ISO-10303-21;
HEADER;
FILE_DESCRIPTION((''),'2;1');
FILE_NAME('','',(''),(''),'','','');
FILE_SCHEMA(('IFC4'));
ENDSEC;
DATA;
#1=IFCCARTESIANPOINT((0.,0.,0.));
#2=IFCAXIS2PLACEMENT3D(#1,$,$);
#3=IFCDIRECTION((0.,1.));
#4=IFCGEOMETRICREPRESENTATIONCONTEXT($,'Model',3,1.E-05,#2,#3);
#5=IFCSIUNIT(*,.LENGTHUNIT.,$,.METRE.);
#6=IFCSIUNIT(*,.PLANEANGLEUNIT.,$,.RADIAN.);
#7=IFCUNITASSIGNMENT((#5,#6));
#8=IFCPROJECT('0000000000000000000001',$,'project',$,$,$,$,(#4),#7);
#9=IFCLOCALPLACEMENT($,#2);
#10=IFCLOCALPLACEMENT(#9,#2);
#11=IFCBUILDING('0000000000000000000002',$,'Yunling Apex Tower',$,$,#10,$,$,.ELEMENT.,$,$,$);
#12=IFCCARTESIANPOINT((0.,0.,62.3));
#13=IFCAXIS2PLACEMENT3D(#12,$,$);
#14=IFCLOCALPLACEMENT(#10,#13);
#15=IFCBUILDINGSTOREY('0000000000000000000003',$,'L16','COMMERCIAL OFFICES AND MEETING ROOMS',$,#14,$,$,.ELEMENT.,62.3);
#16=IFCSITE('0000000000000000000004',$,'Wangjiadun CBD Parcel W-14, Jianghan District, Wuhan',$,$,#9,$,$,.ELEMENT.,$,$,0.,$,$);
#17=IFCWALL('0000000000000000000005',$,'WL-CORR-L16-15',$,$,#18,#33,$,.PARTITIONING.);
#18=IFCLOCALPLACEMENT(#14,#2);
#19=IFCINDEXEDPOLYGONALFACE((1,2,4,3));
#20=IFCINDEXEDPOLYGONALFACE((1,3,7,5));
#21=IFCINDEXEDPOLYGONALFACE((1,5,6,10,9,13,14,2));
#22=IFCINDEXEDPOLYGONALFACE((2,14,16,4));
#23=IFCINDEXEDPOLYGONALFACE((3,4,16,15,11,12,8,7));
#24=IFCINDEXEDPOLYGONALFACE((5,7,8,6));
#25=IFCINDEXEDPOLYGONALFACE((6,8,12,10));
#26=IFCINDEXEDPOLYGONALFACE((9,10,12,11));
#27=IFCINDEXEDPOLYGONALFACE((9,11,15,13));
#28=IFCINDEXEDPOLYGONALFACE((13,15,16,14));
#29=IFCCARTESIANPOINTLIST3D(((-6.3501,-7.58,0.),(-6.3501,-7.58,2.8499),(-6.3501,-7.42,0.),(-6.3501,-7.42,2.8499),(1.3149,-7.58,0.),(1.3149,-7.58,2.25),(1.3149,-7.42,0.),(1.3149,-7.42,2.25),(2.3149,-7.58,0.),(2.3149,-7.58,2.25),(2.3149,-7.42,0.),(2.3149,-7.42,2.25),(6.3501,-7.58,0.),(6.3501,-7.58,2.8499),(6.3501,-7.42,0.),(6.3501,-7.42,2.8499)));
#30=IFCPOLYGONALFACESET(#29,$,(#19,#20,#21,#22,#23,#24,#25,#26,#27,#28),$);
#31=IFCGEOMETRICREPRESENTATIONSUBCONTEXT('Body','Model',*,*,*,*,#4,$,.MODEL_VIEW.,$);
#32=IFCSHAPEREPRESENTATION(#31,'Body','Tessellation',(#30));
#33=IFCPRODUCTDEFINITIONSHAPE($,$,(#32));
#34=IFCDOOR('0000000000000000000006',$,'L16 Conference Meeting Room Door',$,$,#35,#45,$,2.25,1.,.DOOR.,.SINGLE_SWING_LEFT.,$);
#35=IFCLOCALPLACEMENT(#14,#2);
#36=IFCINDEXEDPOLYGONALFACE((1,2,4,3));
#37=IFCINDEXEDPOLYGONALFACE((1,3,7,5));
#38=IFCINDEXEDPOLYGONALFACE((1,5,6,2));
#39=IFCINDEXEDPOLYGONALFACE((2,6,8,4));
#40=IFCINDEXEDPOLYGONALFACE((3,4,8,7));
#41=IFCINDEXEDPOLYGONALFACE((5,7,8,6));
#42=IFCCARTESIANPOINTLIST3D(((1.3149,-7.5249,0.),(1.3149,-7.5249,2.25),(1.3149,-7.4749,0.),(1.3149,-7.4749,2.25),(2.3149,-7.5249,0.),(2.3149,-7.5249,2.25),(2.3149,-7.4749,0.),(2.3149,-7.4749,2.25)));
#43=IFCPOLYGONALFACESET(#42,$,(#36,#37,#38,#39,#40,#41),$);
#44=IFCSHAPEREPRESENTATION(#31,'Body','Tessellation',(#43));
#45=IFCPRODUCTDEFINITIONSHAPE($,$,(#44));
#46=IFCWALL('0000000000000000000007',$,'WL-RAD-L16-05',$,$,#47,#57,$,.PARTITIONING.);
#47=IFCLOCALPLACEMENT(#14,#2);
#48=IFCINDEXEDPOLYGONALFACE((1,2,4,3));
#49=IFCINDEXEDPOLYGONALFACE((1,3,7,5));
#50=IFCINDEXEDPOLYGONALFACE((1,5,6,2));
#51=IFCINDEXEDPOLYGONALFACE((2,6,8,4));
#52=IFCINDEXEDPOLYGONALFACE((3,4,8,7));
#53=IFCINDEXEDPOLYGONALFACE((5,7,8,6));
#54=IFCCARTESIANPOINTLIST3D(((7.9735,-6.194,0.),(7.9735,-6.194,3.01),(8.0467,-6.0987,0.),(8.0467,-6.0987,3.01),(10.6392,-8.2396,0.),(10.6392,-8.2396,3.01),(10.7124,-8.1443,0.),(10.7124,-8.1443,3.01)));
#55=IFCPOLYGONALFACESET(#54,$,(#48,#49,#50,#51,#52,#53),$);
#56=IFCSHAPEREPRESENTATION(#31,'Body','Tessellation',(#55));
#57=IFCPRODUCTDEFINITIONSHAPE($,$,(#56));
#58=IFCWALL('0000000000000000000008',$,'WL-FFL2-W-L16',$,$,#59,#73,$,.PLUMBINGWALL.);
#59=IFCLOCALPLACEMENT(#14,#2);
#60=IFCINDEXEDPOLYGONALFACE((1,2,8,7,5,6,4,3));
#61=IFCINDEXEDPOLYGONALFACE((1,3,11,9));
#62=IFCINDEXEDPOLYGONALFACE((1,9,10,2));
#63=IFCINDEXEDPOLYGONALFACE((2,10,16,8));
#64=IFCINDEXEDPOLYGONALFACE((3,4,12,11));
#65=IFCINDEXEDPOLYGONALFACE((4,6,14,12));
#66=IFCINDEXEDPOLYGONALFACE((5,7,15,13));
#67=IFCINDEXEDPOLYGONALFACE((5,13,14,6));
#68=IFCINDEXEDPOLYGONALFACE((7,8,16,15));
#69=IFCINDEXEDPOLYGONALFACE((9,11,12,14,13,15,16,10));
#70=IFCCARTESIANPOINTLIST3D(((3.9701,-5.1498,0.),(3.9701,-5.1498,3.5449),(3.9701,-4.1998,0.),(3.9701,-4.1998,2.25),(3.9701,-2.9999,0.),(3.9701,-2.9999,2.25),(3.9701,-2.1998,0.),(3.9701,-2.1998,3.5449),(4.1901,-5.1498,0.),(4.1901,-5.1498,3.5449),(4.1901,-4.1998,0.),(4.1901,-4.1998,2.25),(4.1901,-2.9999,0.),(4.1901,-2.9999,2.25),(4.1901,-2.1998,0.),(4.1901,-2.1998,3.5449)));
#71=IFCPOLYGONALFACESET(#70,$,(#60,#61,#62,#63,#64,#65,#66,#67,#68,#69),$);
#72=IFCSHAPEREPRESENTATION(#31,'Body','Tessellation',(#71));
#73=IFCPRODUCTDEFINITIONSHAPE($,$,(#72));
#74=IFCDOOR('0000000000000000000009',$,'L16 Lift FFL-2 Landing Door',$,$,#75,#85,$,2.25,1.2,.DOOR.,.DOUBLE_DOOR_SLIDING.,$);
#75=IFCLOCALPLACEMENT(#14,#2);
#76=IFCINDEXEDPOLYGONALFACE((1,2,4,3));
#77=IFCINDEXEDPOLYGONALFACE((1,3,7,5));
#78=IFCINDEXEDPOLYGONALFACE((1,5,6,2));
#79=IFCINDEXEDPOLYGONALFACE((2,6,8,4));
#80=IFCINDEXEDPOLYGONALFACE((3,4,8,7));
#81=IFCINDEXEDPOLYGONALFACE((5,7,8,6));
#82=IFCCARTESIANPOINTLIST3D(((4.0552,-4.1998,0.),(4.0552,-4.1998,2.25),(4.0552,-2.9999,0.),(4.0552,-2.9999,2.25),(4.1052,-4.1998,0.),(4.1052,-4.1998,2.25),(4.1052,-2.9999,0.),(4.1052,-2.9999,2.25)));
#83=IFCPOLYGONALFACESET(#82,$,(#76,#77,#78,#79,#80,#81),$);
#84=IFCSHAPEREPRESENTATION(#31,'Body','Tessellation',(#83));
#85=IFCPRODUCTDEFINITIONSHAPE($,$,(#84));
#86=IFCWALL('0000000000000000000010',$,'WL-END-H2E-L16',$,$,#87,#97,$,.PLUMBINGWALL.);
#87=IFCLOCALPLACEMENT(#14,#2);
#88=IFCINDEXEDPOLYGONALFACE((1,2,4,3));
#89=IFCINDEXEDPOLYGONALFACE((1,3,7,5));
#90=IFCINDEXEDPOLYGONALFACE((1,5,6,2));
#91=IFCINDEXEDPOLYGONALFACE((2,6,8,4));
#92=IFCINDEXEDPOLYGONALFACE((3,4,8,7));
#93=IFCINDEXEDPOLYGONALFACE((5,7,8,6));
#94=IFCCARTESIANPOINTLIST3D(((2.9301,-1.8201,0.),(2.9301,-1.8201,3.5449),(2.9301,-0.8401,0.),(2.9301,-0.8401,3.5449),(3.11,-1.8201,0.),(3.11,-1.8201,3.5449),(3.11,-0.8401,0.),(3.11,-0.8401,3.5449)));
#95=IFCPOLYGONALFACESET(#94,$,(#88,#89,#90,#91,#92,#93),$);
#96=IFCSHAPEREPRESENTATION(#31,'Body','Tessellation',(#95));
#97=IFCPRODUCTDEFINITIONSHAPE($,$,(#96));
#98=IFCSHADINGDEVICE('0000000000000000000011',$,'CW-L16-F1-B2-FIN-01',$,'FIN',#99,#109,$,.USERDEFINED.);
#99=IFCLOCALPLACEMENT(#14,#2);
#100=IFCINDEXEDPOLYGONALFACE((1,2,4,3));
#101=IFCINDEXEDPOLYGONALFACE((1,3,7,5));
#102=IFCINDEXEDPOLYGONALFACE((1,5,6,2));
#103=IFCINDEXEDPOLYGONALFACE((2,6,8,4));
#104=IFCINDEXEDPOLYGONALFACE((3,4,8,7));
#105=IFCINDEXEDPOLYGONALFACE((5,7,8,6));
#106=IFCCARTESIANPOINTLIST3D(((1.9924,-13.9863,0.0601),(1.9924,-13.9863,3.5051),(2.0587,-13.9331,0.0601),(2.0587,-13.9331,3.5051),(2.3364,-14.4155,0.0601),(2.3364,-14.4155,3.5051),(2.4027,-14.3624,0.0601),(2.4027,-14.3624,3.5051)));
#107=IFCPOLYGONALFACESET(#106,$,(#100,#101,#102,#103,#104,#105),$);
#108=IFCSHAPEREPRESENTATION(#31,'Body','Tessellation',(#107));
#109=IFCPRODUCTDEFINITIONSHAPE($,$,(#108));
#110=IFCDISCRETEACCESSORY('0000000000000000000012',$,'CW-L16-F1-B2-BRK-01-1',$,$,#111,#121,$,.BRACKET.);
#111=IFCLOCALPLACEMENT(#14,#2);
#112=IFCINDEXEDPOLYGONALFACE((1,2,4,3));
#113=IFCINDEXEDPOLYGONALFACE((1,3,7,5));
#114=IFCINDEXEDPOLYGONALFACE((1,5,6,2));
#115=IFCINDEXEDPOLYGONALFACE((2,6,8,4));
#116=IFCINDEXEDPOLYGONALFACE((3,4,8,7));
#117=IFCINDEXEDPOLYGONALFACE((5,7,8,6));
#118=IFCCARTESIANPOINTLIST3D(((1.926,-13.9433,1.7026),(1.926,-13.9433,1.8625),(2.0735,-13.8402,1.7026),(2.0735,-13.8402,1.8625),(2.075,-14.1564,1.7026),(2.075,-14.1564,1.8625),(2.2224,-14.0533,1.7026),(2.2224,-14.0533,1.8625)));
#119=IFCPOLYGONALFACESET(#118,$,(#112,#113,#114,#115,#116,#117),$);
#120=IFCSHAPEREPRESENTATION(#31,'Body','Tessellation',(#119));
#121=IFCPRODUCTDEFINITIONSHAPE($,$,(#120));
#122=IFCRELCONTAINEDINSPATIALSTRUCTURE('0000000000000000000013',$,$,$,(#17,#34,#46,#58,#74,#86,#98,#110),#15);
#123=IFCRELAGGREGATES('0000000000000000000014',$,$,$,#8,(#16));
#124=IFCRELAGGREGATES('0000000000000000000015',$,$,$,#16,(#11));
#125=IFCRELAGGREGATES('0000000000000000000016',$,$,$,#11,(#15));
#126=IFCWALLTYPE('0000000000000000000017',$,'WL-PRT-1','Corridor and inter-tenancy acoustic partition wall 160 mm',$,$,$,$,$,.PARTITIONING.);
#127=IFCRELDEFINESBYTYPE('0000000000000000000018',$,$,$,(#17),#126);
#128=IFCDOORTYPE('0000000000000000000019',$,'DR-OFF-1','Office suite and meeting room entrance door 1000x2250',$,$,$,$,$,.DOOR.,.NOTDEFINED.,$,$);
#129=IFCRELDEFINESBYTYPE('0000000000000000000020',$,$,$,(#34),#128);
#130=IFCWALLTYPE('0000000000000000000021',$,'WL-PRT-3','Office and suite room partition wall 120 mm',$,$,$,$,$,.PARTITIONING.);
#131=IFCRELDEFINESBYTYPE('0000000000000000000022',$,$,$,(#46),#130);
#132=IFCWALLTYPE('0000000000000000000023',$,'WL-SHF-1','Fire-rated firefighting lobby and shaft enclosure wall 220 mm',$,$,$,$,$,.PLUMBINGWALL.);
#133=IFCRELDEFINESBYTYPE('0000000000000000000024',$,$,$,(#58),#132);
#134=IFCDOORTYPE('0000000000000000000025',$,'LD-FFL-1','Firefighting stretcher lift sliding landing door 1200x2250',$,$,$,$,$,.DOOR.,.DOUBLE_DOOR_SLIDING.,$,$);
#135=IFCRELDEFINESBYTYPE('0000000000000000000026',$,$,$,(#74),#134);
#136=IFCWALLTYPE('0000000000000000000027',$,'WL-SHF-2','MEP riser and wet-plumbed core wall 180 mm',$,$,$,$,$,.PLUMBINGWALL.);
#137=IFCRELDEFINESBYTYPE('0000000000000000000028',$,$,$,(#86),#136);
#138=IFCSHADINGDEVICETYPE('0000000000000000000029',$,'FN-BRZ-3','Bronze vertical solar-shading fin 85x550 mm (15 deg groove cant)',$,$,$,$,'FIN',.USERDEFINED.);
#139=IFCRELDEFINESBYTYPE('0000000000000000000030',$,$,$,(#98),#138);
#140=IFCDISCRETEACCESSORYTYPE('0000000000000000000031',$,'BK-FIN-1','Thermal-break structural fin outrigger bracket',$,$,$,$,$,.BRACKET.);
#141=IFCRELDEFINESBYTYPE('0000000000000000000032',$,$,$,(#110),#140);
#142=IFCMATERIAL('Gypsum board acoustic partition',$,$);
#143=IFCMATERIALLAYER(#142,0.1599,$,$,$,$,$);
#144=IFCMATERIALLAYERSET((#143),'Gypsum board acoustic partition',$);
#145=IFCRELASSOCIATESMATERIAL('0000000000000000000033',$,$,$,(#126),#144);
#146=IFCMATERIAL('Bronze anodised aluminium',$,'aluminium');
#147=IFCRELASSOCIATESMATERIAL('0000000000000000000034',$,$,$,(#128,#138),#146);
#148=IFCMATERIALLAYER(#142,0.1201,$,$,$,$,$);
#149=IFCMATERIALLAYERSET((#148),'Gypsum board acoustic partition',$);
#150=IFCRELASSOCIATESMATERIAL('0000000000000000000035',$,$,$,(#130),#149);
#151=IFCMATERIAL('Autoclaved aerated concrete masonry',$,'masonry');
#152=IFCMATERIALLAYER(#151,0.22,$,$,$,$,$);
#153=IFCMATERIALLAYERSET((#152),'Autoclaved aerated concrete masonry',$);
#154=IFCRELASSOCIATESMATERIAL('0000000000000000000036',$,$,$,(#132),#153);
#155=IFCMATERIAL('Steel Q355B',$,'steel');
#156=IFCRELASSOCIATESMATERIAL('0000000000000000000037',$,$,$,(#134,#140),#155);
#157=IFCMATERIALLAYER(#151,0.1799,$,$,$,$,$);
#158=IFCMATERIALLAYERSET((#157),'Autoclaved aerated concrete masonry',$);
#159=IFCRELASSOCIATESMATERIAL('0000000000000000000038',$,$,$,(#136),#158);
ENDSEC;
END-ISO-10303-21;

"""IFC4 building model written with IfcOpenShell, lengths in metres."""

from ifc_helpers import new_model, si_unit, direction, frame, frame_2d, origin, origin_2d, place, context, subcontext, project, spatial, rectangle, extrude, source, transform, mapped, material, layer, layer_set, material_profile, profile_set, type_object, element, fill, save


model = new_model("IFC4")

# Units and contexts
model_context = context("Model", 3, precision=1e-05, world=origin(), true_north=direction((0.0, 1.0)))
body_context = subcontext(model_context, "Body", "Model", "MODEL_VIEW")
ifc_project = project(units=[si_unit("LENGTHUNIT", "METRE"), si_unit("PLANEANGLEUNIT", "RADIAN")], contexts=[model_context])

# Site, building, storey
site_placement = place(None, origin())
site = spatial("IfcSite", under=ifc_project, at=site_placement, Name="Wangjiadun CBD Parcel W-14, Jianghan District, Wuhan", CompositionType="ELEMENT", RefElevation=0.0)
building_placement = place(site_placement, origin())
building = spatial("IfcBuilding", under=site, at=building_placement, Name="Yunling Apex Tower", CompositionType="ELEMENT")
storey_placement = place(building_placement, frame((0.0, 0.0, 62.3)))
storey = spatial("IfcBuildingStorey", under=building, at=storey_placement, Name="L16", Description="COMMERCIAL OFFICES AND MEETING ROOMS", CompositionType="ELEMENT", Elevation=62.3)

# Shared definitions
ifc_material_1 = material(Name="Steel Q355B", Category="steel")

# Shared definitions
ifc_material_2 = material(Name="Bronze anodised aluminium", Category="aluminium")

# Shared definitions
ifc_material_3 = material(Name="Gypsum board acoustic partition")
ifc_layer_1 = layer(ifc_material_3, 0.1599)
ifc_layer_set_1 = layer_set([ifc_layer_1], Name="Gypsum board acoustic partition")
wall_type_1 = type_object("IfcWallType", Name="WL-PRT-1", Description="Corridor and inter-tenancy acoustic partition wall 160 mm", PredefinedType="PARTITIONING", material=ifc_layer_set_1)

# Wall, opening, door
wall_1_placement = place(storey_placement, frame((6.3501, -7.5, 0.0), z_axis=(0.0, 0.0, 1.0), x_axis=(-1.0, 0.0, 0.0)))
wall_1 = element("IfcWall", 1, at=wall_1_placement, inside=storey, type_object=wall_type_1, Name="WL-CORR-L16-15", PredefinedType="PARTITIONING", context=body_context, shape_type="SweptSolid", body=[
    extrude(rectangle(XDim=12.7002, YDim=0.1599, at=frame_2d((6.3501, 0.0))), origin(), (0.0, 0.0, 1.0), 2.8499),
])
opening_1_placement = place(wall_1_placement, frame((4.0352, 0.0, 0.0)))
opening_1 = element("IfcOpeningElement", 2, at=opening_1_placement, cuts=wall_1, PredefinedType="OPENING", context=body_context, shape_type="SweptSolid", body=[
    extrude(rectangle(XDim=1.0, YDim=2.25, at=frame_2d((0.5, 1.125))), frame((0.0, 0.0898, 0.0), z_axis=(0.0, -1.0, 0.0), x_axis=(1.0, 0.0, 0.0)), (0.0, 0.0, 1.0), 0.1799),
])
door_type_1 = type_object("IfcDoorType", Name="DR-OFF-1", Description="Office suite and meeting room entrance door 1000x2250", OperationType="NOTDEFINED", PredefinedType="DOOR", material=ifc_material_2)
door_1_placement = place(opening_1_placement, origin())
door_1 = element("IfcDoor", 3, at=door_1_placement, inside=storey, type_object=door_type_1, Name="L16 Conference Meeting Room Door", OperationType="SINGLE_SWING_LEFT", OverallHeight=2.25, OverallWidth=1.0, PredefinedType="DOOR", context=body_context, shape_type="SweptSolid", body=[
    extrude(rectangle(XDim=1.0, YDim=2.25, at=frame_2d((0.5, 1.125))), frame((0.0, 0.0249, 0.0), z_axis=(0.0, -1.0, 0.0), x_axis=(1.0, 0.0, 0.0)), (0.0, 0.0, 1.0), 0.05),
])
fill(opening_1, door_1)

# Wall
ifc_layer_2 = layer(ifc_material_3, 0.1201)
ifc_layer_set_2 = layer_set([ifc_layer_2], Name="Gypsum board acoustic partition")
wall_type_2 = type_object("IfcWallType", Name="WL-PRT-3", Description="Office and suite room partition wall 120 mm", PredefinedType="PARTITIONING", material=ifc_layer_set_2)
wall_2_placement = place(storey_placement, frame((8.01, -6.1462, 0.0), z_axis=(0.0, 0.0, 1.0), x_axis=(0.793334, -0.608787, 0.0)))
element("IfcWall", 4, at=wall_2_placement, inside=storey, type_object=wall_type_2, Name="WL-RAD-L16-05", PredefinedType="PARTITIONING", context=body_context, shape_type="SweptSolid", body=[
    extrude(rectangle(XDim=3.3601, YDim=0.1201, at=frame_2d((1.6802, 0.0))), origin(), (0.0, 0.0, 1.0), 3.01),
])

# Wall, opening, door
ifc_material_4 = material(Name="Autoclaved aerated concrete masonry", Category="masonry")
ifc_layer_3 = layer(ifc_material_4, 0.22)
ifc_layer_set_3 = layer_set([ifc_layer_3], Name="Autoclaved aerated concrete masonry")
wall_type_3 = type_object("IfcWallType", Name="WL-SHF-1", Description="Fire-rated firefighting lobby and shaft enclosure wall 220 mm", PredefinedType="PLUMBINGWALL", material=ifc_layer_set_3)
wall_3_placement = place(storey_placement, frame((4.0801, -5.1499, 0.0), z_axis=(0.0, 0.0, 1.0), x_axis=(0.0, 1.0, 0.0)))
wall_3 = element("IfcWall", 5, at=wall_3_placement, inside=storey, type_object=wall_type_3, Name="WL-FFL2-W-L16", PredefinedType="PLUMBINGWALL", context=body_context, shape_type="SweptSolid", body=[
    extrude(rectangle(XDim=2.95, YDim=0.22, at=frame_2d((1.4751, 0.0))), origin(), (0.0, 0.0, 1.0), 3.5449),
])
opening_2_placement = place(wall_3_placement, frame((0.95, 0.0, 0.0)))
opening_2 = element("IfcOpeningElement", 6, at=opening_2_placement, cuts=wall_3, PredefinedType="OPENING", context=body_context, shape_type="SweptSolid", body=[
    extrude(rectangle(XDim=1.2, YDim=2.25, at=frame_2d((0.6001, 1.125))), frame((0.0, 0.1201, 0.0), z_axis=(0.0, -1.0, 0.0), x_axis=(1.0, 0.0, 0.0)), (0.0, 0.0, 1.0), 0.24),
])
door_type_2 = type_object("IfcDoorType", Name="LD-FFL-1", Description="Firefighting stretcher lift sliding landing door 1200x2250", OperationType="DOUBLE_DOOR_SLIDING", PredefinedType="DOOR", material=ifc_material_1)
door_2_placement = place(opening_2_placement, origin())
door_2 = element("IfcDoor", 7, at=door_2_placement, inside=storey, type_object=door_type_2, Name="L16 Lift FFL-2 Landing Door", OperationType="DOUBLE_DOOR_SLIDING", OverallHeight=2.25, OverallWidth=1.2, PredefinedType="DOOR", context=body_context, shape_type="SweptSolid", body=[
    extrude(rectangle(XDim=1.2, YDim=2.25, at=frame_2d((0.6001, 1.125))), frame((0.0, 0.0249, 0.0), z_axis=(0.0, -1.0, 0.0), x_axis=(1.0, 0.0, 0.0)), (0.0, 0.0, 1.0), 0.05),
])
fill(opening_2, door_2)

# Wall
ifc_layer_4 = layer(ifc_material_4, 0.1799)
ifc_layer_set_4 = layer_set([ifc_layer_4], Name="Autoclaved aerated concrete masonry")
wall_type_4 = type_object("IfcWallType", Name="WL-SHF-2", Description="MEP riser and wet-plumbed core wall 180 mm", PredefinedType="PLUMBINGWALL", material=ifc_layer_set_4)
wall_4_placement = place(storey_placement, frame((3.02, -1.8201, 0.0), z_axis=(0.0, 0.0, 1.0), x_axis=(0.0, 1.0, 0.0)))
element("IfcWall", 8, at=wall_4_placement, inside=storey, type_object=wall_type_4, Name="WL-END-H2E-L16", PredefinedType="PLUMBINGWALL", context=body_context, shape_type="SweptSolid", body=[
    extrude(rectangle(XDim=0.98, YDim=0.1799, at=frame_2d((0.49, 0.0))), origin(), (0.0, 0.0, 1.0), 3.5449),
])

# Shading device
ifc_material_profile_1 = material_profile(ifc_material_2, rectangle(XDim=0.085, YDim=0.55, at=origin_2d()))
ifc_profile_set_1 = profile_set([ifc_material_profile_1], Name="Bronze anodised aluminium")
shading_device_type = type_object("IfcShadingDeviceType", Name="FN-BRZ-3", Description="Bronze vertical solar-shading fin 85x550 mm (15 deg groove cant)", ElementType="FIN", PredefinedType="USERDEFINED", material=ifc_profile_set_1)
shared_shape_1 = source(origin(), body_context, "Body", "SweptSolid", [
    extrude(rectangle(XDim=0.085, YDim=0.55, at=origin_2d()), origin(), (0.0, 0.0, 1.0), 3.4451),
])
shading_device_placement = place(storey_placement, frame((2.1975, -14.1743, 0.0601), z_axis=(0.0, 0.0, 1.0), x_axis=(0.780321, 0.625379, 0.0)))
element("IfcShadingDevice", 9, at=shading_device_placement, inside=storey, type_object=shading_device_type, Name="CW-L16-F1-B2-FIN-01", ObjectType="FIN", PredefinedType="USERDEFINED", context=body_context, shape_type="MappedRepresentation", body=[
    mapped(shared_shape_1, transform((0.0, 0.0, 0.0), scale=1.0)),
])

# Discrete accessory
discrete_accessory_type = type_object("IfcDiscreteAccessoryType", Name="BK-FIN-1", Description="Thermal-break structural fin outrigger bracket", PredefinedType="BRACKET", material=ifc_material_1)
shared_shape_2 = source(origin(), body_context, "Body", "SweptSolid", [
    extrude(rectangle(XDim=0.1799, YDim=0.26, at=origin_2d()), origin(), (0.0, 0.0, 1.0), 0.1599),
])
discrete_accessory_placement = place(storey_placement, frame((2.0742, -13.9983, 1.7026), z_axis=(0.0, 0.0, 1.0), x_axis=(0.819552, 0.573004, 0.0)))
element("IfcDiscreteAccessory", 10, at=discrete_accessory_placement, inside=storey, type_object=discrete_accessory_type, Name="CW-L16-F1-B2-BRK-01-1", PredefinedType="BRACKET", context=body_context, shape_type="MappedRepresentation", body=[
    mapped(shared_shape_2, transform((0.0, 0.0, 0.0), scale=1.0)),
])

save(model, "model.ifc")
